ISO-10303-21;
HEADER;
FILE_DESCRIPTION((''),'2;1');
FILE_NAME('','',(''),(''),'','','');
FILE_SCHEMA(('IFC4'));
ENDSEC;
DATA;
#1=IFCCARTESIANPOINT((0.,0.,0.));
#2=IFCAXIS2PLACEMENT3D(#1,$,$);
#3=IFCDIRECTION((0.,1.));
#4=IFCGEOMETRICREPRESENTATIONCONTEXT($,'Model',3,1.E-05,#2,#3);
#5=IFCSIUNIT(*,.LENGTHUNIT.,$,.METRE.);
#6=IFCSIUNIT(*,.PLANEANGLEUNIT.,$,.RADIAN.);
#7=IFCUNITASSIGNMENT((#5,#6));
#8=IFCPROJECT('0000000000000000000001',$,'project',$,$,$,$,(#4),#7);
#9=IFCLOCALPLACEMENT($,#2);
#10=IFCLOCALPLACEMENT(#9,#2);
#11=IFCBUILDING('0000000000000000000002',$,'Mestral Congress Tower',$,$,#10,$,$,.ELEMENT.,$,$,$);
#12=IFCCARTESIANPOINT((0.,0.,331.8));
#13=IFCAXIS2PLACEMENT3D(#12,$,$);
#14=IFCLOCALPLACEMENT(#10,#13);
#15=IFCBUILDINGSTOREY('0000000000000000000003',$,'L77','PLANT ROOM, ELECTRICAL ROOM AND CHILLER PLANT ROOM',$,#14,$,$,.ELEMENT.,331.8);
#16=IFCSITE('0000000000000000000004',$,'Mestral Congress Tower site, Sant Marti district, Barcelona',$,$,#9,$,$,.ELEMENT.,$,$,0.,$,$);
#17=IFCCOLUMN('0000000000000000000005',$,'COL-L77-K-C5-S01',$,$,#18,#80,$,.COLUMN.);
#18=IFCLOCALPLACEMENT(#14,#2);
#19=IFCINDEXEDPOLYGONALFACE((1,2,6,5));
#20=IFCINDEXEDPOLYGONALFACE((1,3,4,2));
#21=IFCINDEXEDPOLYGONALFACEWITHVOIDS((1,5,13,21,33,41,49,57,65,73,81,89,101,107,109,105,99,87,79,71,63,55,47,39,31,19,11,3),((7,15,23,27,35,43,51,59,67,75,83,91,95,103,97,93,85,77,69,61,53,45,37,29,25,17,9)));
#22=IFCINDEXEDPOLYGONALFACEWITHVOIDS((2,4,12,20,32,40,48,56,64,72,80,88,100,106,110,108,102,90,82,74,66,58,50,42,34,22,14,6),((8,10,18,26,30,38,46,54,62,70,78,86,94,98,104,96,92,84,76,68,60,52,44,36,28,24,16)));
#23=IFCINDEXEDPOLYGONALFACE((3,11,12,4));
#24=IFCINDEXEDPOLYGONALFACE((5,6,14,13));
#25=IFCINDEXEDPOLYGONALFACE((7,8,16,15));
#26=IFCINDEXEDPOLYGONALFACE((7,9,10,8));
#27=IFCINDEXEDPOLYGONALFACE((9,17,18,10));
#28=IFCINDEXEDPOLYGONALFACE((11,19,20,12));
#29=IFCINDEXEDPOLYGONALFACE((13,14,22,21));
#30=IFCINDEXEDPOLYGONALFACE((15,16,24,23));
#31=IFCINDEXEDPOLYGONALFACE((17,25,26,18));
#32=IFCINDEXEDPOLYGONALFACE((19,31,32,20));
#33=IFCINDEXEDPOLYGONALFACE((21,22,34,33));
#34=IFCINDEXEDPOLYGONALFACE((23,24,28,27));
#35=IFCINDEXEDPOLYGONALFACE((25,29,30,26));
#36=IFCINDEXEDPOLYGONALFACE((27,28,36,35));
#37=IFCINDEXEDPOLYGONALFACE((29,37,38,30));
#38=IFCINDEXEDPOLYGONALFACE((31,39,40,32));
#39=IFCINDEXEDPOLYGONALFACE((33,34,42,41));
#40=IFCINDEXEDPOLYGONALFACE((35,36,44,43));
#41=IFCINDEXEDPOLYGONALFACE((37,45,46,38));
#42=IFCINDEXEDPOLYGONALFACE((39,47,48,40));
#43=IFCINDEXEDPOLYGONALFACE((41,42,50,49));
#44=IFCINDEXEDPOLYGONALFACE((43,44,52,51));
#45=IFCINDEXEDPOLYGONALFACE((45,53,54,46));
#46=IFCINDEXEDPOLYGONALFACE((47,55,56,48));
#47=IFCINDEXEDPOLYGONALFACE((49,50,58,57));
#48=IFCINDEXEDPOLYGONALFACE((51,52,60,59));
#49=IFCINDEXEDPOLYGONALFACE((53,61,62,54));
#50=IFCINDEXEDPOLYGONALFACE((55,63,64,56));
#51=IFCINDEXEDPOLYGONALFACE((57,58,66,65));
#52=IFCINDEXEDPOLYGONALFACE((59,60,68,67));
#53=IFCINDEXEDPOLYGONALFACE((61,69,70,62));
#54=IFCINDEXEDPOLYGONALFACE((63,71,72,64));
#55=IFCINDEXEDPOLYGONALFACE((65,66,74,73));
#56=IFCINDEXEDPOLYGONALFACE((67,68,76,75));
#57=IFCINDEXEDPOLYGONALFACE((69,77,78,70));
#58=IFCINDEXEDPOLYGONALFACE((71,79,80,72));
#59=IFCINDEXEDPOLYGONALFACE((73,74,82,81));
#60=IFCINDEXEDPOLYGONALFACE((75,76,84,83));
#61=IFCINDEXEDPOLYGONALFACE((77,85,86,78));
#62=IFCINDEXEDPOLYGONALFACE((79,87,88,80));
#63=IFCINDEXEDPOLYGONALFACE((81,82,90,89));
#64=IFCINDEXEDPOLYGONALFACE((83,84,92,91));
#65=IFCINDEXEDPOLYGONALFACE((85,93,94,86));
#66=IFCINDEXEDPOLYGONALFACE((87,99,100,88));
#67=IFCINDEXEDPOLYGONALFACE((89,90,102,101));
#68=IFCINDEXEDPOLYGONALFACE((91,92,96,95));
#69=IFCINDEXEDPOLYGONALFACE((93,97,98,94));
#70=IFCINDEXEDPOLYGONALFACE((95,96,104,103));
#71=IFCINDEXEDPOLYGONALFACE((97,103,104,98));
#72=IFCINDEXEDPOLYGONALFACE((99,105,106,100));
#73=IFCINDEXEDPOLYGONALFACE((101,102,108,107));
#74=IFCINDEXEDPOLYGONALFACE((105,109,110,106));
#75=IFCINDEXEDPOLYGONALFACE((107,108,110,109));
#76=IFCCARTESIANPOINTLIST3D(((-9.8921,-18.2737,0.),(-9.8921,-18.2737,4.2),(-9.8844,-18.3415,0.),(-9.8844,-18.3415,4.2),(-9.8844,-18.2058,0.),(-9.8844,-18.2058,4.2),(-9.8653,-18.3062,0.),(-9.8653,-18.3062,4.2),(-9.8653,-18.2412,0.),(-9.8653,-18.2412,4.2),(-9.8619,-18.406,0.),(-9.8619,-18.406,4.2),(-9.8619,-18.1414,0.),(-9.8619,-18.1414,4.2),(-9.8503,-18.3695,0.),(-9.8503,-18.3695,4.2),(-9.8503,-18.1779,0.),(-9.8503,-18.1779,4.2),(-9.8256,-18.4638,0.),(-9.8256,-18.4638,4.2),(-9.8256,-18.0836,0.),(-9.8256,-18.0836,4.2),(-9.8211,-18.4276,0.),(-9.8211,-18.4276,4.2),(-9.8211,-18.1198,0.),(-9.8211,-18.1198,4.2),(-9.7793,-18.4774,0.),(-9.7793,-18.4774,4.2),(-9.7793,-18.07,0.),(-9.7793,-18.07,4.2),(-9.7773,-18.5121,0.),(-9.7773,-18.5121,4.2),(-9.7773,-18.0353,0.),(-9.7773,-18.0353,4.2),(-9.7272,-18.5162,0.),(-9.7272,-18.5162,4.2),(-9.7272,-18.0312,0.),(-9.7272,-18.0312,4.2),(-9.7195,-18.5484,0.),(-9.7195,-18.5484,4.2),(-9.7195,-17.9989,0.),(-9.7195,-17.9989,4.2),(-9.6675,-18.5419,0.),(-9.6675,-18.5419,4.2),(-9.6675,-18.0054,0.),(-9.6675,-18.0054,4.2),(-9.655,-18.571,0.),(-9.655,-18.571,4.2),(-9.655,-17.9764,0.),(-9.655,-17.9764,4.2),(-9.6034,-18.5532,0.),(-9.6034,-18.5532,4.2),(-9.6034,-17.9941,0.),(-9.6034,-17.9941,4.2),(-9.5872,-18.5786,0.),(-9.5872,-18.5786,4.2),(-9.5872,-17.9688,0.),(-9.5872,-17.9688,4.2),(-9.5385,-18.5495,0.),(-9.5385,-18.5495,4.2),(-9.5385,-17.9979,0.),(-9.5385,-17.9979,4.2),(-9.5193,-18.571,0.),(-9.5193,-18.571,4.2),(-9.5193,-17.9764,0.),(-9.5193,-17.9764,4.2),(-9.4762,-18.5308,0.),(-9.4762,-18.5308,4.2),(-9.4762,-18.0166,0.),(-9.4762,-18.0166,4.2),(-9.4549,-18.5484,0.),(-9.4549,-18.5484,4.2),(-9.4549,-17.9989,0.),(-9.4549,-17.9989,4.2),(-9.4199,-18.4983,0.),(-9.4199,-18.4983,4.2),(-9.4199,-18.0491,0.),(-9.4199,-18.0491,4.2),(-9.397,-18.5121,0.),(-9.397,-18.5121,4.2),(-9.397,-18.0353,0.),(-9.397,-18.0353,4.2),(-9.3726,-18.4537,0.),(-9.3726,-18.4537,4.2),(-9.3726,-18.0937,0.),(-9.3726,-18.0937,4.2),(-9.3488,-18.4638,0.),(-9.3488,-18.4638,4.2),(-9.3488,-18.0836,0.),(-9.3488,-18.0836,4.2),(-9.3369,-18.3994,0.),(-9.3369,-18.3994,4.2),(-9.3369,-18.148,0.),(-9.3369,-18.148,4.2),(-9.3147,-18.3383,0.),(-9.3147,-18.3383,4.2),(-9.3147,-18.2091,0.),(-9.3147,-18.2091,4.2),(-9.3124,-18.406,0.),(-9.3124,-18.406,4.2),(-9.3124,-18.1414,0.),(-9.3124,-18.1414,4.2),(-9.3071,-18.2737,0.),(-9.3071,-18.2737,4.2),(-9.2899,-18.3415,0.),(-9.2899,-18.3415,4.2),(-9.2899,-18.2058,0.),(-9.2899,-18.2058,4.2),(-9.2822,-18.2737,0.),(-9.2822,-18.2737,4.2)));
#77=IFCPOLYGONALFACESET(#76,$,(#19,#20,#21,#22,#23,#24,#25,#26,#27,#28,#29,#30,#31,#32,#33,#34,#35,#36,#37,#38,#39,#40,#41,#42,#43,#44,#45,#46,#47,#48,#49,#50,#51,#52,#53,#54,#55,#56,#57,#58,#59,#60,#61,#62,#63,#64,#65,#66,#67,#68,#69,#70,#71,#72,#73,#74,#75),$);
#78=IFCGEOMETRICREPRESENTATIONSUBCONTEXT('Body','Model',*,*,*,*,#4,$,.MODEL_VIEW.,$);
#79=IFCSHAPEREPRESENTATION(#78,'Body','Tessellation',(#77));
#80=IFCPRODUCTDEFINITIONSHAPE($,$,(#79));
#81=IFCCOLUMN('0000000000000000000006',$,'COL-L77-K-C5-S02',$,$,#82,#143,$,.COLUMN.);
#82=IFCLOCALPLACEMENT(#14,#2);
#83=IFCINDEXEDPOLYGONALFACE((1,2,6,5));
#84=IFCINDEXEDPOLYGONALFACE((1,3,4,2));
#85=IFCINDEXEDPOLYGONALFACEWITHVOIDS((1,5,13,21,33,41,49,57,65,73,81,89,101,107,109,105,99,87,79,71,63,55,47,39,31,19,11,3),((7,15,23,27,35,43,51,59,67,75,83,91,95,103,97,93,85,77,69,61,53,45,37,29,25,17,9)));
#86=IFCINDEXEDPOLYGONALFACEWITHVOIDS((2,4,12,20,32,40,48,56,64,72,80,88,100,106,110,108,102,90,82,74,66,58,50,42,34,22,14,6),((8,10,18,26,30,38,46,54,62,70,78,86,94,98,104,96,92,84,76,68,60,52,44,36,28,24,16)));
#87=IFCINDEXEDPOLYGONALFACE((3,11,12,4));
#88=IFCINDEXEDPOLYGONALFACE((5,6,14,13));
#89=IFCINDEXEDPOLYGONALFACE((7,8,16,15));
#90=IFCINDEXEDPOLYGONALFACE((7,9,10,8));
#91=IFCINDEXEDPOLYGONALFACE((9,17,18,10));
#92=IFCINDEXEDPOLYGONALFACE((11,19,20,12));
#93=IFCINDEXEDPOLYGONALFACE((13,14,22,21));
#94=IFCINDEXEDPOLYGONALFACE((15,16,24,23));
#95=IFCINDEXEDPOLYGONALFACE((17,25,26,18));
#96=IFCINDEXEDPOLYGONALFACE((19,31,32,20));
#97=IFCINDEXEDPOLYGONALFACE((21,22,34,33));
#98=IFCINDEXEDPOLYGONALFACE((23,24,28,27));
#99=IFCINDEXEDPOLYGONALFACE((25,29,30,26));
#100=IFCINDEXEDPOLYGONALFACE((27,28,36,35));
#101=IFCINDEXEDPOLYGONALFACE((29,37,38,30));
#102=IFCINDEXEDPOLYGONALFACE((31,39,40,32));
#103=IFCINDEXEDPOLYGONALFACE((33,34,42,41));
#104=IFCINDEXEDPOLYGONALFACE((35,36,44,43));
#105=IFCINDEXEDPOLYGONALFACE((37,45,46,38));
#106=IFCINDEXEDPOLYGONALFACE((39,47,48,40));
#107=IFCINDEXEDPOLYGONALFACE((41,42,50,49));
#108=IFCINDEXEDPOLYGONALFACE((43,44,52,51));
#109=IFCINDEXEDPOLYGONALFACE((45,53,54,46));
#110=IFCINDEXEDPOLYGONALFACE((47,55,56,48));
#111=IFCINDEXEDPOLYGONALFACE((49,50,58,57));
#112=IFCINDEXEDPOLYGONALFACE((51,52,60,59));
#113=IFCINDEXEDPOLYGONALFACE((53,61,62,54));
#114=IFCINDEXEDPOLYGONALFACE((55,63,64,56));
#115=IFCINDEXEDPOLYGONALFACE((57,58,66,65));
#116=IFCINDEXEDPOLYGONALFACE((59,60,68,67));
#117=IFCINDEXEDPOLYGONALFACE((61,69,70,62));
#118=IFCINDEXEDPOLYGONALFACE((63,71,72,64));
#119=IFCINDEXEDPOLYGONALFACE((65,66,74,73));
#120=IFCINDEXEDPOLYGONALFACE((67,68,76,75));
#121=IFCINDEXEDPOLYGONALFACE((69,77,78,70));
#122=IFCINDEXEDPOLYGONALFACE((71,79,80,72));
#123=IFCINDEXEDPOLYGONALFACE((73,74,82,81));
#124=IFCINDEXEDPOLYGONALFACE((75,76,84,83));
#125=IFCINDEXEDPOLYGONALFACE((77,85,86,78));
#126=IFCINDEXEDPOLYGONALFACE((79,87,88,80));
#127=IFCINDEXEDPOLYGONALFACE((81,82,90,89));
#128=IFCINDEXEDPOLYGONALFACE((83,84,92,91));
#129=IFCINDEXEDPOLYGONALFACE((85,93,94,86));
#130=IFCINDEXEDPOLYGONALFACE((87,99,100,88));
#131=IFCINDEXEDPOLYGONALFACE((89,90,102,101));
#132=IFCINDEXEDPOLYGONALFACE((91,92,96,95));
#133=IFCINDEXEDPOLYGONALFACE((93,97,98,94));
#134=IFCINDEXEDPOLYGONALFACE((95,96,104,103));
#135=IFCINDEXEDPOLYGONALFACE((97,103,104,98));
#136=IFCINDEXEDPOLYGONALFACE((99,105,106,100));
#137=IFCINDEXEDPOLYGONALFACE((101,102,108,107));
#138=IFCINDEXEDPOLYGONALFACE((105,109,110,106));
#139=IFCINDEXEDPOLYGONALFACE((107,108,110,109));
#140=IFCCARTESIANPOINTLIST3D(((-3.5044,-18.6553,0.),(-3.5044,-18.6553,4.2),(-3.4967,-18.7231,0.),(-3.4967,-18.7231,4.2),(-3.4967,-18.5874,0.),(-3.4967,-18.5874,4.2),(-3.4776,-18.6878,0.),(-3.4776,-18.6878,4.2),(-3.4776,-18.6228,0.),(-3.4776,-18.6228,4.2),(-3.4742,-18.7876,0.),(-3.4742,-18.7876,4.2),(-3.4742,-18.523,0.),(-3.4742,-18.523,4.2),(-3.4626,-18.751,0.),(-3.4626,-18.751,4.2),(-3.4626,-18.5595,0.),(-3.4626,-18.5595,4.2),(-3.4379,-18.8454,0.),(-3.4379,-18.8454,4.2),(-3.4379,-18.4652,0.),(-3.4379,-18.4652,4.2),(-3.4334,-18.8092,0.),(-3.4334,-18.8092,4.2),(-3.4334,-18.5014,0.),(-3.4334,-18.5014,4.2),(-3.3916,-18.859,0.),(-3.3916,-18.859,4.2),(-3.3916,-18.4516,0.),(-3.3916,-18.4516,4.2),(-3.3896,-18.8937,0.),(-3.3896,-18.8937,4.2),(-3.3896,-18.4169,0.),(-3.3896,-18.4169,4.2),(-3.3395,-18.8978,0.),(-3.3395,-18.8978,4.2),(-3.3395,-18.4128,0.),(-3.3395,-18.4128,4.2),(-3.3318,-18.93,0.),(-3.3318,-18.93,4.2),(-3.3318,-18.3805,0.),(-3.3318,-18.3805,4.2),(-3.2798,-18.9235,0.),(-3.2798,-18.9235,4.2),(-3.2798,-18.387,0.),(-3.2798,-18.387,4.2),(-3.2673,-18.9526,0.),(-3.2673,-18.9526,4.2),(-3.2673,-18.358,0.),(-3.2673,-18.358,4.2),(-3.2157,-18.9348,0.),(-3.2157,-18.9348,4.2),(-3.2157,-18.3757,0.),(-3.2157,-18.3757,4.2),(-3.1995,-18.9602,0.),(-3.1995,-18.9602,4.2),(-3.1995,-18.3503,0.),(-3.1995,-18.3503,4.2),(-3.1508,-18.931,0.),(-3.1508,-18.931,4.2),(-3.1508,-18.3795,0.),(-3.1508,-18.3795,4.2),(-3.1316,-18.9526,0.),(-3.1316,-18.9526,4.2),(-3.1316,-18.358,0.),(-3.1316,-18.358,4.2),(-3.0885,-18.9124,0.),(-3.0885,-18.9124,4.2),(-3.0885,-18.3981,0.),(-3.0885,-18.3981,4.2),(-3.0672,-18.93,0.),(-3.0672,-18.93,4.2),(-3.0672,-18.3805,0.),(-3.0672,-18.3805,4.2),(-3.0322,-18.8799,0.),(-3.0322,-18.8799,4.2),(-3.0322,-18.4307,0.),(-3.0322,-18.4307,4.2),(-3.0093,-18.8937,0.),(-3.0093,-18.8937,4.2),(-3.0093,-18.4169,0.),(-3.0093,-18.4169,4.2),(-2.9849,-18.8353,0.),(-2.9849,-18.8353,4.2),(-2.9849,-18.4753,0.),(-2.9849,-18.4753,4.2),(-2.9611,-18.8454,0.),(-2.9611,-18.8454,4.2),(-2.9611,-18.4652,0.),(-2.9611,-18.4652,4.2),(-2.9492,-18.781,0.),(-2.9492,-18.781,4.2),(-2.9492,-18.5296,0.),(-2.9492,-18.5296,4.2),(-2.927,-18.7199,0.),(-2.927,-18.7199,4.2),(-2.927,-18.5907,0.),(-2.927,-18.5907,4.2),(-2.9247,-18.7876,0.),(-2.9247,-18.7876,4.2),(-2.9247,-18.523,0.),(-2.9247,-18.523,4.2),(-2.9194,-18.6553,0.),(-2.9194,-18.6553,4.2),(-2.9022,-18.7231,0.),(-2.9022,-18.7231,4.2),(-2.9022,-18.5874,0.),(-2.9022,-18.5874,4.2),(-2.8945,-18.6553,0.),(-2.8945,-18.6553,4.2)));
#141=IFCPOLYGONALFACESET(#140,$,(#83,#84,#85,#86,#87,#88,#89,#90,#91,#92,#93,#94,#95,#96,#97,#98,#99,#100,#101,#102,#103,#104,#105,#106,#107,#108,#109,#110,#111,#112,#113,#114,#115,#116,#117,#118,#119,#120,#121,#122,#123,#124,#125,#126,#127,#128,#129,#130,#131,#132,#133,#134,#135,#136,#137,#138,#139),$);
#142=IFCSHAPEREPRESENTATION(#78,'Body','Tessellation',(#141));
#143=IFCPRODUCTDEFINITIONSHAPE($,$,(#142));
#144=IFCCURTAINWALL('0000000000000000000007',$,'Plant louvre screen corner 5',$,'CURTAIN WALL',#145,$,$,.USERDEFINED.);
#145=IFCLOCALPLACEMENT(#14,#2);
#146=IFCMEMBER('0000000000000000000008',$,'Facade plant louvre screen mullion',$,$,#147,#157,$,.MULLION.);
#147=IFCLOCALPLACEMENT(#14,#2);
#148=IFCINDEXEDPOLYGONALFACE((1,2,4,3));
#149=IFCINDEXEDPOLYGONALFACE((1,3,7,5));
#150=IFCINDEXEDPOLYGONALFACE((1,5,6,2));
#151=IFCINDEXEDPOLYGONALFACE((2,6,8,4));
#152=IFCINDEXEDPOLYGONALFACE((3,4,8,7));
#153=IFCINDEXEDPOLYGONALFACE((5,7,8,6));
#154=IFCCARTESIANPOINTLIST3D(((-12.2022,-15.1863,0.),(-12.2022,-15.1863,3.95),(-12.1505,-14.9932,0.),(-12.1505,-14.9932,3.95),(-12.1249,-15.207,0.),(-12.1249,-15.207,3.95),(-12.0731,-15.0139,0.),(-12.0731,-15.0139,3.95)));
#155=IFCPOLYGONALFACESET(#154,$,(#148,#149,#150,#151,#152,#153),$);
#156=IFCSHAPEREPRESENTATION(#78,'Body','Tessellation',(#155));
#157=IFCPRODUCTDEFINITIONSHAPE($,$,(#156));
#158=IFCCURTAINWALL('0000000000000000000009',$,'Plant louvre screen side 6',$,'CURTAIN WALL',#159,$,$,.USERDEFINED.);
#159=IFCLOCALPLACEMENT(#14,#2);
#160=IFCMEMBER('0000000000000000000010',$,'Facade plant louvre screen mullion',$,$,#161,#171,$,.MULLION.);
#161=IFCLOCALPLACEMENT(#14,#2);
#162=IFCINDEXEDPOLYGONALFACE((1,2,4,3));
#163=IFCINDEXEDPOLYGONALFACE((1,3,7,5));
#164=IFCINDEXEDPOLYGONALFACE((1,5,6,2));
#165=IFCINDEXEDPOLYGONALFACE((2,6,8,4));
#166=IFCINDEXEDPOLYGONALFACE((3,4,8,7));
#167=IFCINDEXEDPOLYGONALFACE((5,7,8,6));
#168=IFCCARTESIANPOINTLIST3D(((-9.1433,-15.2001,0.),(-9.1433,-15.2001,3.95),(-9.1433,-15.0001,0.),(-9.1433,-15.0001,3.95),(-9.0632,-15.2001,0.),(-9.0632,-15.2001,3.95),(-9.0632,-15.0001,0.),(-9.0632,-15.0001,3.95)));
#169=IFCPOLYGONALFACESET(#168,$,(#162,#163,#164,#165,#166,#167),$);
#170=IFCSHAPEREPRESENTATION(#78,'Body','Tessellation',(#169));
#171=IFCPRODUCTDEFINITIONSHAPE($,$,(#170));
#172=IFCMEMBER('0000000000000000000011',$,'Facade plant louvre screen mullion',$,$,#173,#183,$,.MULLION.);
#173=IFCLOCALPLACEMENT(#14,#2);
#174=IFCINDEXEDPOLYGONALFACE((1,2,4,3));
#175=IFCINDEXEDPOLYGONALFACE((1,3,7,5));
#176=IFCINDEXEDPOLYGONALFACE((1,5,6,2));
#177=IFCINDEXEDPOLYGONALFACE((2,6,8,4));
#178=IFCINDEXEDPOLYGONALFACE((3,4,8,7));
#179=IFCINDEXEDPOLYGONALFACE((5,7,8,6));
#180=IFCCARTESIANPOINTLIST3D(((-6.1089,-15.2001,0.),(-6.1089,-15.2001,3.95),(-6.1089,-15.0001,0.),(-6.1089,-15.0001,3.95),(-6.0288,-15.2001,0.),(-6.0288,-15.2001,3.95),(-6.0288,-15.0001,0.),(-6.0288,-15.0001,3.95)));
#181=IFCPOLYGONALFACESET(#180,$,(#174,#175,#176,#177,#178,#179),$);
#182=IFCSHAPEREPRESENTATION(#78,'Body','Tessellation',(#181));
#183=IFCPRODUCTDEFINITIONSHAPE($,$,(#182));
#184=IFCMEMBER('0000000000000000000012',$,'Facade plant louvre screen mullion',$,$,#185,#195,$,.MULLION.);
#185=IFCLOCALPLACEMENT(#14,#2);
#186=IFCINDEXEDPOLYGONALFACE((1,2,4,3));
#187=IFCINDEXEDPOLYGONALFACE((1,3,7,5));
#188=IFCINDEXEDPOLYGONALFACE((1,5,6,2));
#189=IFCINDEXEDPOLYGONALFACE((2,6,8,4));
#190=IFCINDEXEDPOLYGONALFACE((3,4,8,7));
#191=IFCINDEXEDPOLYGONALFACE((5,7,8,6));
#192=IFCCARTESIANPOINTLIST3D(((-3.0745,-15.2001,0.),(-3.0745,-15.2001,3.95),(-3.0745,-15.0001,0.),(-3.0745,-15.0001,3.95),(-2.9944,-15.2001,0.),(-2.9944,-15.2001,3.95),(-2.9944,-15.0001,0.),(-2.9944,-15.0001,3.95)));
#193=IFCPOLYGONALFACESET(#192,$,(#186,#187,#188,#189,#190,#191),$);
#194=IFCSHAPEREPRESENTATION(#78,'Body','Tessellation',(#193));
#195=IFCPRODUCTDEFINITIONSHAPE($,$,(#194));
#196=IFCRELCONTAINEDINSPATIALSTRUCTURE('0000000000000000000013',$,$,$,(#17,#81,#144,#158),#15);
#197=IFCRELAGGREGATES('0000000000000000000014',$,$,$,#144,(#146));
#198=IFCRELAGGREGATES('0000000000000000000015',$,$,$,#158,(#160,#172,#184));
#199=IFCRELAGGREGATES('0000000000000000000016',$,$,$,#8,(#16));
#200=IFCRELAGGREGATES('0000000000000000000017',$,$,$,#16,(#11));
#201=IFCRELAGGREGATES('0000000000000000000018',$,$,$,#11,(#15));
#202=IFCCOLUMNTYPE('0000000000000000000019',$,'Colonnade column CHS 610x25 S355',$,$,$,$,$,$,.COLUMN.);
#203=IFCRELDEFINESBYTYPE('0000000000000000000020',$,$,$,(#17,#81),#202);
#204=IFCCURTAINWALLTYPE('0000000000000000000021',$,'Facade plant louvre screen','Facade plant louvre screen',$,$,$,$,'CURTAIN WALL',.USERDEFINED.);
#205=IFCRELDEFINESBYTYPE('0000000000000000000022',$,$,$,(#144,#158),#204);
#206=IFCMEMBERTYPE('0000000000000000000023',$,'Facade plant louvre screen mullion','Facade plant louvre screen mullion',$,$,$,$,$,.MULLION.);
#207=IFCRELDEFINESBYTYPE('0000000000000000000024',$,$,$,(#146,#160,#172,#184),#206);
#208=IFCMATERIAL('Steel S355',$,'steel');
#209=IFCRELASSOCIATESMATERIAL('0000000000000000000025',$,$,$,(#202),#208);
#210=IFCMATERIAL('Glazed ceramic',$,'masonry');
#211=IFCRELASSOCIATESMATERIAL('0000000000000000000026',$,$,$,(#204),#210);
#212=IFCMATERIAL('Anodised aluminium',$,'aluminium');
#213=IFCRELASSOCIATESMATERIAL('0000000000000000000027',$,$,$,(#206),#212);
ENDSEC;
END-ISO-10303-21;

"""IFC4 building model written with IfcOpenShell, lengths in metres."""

from ifc_helpers import new_model, si_unit, direction, frame, origin, origin_2d, place, context, subcontext, project, spatial, rectangle, hollow_circle, extrude, material, material_profile, profile_set, type_object, element, aggregate, save


model = new_model("IFC4")

# Units and contexts
model_context = context("Model", 3, precision=1e-05, world=origin(), true_north=direction((0.0, 1.0)))
body_context = subcontext(model_context, "Body", "Model", "MODEL_VIEW")
ifc_project = project(units=[si_unit("LENGTHUNIT", "METRE"), si_unit("PLANEANGLEUNIT", "RADIAN")], contexts=[model_context])

# Site, building, storey
site_placement = place(None, origin())
site = spatial("IfcSite", under=ifc_project, at=site_placement, Name="Mestral Congress Tower site, Sant Marti district, Barcelona", CompositionType="ELEMENT", RefElevation=0.0)
building_placement = place(site_placement, origin())
building = spatial("IfcBuilding", under=site, at=building_placement, Name="Mestral Congress Tower", CompositionType="ELEMENT")
storey_placement = place(building_placement, frame((0.0, 0.0, 331.8)))
storey = spatial("IfcBuildingStorey", under=building, at=storey_placement, Name="L77", Description="PLANT ROOM, ELECTRICAL ROOM AND CHILLER PLANT ROOM", CompositionType="ELEMENT", Elevation=331.8)

# Columns
ifc_material_1 = material(Name="Steel S355", Category="steel")
ifc_material_profile_1 = material_profile(ifc_material_1, hollow_circle(Radius=0.3049, WallThickness=0.0249, at=origin_2d()), Name="CHS 610x25")
ifc_profile_set_1 = profile_set([ifc_material_profile_1], Name="Steel S355")
column_type = type_object("IfcColumnType", Name="Colonnade column CHS 610x25 S355", PredefinedType="COLUMN", material=ifc_profile_set_1)
for number, where, z_axis, x_axis, name in (
    (1, (-9.5872, -18.2737, 0.0), (0.0, 0.0, 1.0), (1.0, 0.0, 0.0), "COL-L77-K-C5-S01"),
    (2, (-3.1995, -18.6553, 0.0), (0.0, 0.0, 1.0), (1.0, 0.0, 0.0), "COL-L77-K-C5-S02"),
):
    element("IfcColumn", number, at=place(storey_placement, frame(where, z_axis=z_axis, x_axis=x_axis)), inside=storey, type_object=column_type, Name=name, PredefinedType="COLUMN", context=body_context, shape_type="SweptSolid", body=[
        extrude(hollow_circle(Radius=0.3049, WallThickness=0.0249, at=origin_2d()), origin(), (0.0, 0.0, 1.0), 4.2),
    ])

# Curtain wall, member
ifc_material_2 = material(Name="Glazed ceramic", Category="masonry")
curtain_wall_type = type_object("IfcCurtainWallType", Name="Facade plant louvre screen", Description="Facade plant louvre screen", ElementType="CURTAIN WALL", PredefinedType="USERDEFINED", material=ifc_material_2)
placement = place(storey_placement, origin())
curtain_wall_1 = element("IfcCurtainWall", 3, at=placement, inside=storey, type_object=curtain_wall_type, Name="Plant louvre screen corner 5", ObjectType="CURTAIN WALL", PredefinedType="USERDEFINED")
ifc_material_3 = material(Name="Anodised aluminium", Category="aluminium")
ifc_material_profile_2 = material_profile(ifc_material_3, rectangle(XDim=0.2, YDim=0.0801, at=origin_2d()), Name="CW6 mullion 200 x 80")
ifc_profile_set_2 = profile_set([ifc_material_profile_2], Name="Anodised aluminium")
member_type_1 = type_object("IfcMemberType", Name="Facade plant louvre screen mullion", Description="Facade plant louvre screen mullion", PredefinedType="MULLION", material=ifc_profile_set_2)
member_1_placement = place(storey_placement, frame((-12.1377, -15.1001, 0.0), z_axis=(0.0, 0.0, 1.0), x_axis=(-0.258819, -0.965926, 0.0)))
member_1 = element("IfcMember", 4, at=member_1_placement, type_object=member_type_1, Name="Facade plant louvre screen mullion", PredefinedType="MULLION", context=body_context, shape_type="SweptSolid", body=[
    extrude(rectangle(XDim=0.2, YDim=0.0801, at=origin_2d()), origin(), (0.0, 0.0, 1.0), 3.95),
])
aggregate(curtain_wall_1, [member_1])

# Curtain wall, members
curtain_wall_2 = element("IfcCurtainWall", 5, at=placement, inside=storey, type_object=curtain_wall_type, Name="Plant louvre screen side 6", ObjectType="CURTAIN WALL", PredefinedType="USERDEFINED")
member_2_placement = place(storey_placement, frame((-9.1033, -15.1001, 0.0), z_axis=(0.0, 0.0, 1.0), x_axis=(0.0, -1.0, 0.0)))
member_2 = element("IfcMember", 6, at=member_2_placement, type_object=member_type_1, Name="Facade plant louvre screen mullion", PredefinedType="MULLION", context=body_context, shape_type="SweptSolid", body=[
    extrude(rectangle(XDim=0.2, YDim=0.0801, at=origin_2d()), origin(), (0.0, 0.0, 1.0), 3.95),
])
member_3_placement = place(storey_placement, frame((-6.0688, -15.1001, 0.0), z_axis=(0.0, 0.0, 1.0), x_axis=(0.0, -1.0, 0.0)))
member_3 = element("IfcMember", 7, at=member_3_placement, type_object=member_type_1, Name="Facade plant louvre screen mullion", PredefinedType="MULLION", context=body_context, shape_type="SweptSolid", body=[
    extrude(rectangle(XDim=0.2, YDim=0.0801, at=origin_2d()), origin(), (0.0, 0.0, 1.0), 3.95),
])
member_4_placement = place(storey_placement, frame((-3.0344, -15.1001, 0.0), z_axis=(0.0, 0.0, 1.0), x_axis=(0.0, -1.0, 0.0)))
member_4 = element("IfcMember", 8, at=member_4_placement, type_object=member_type_1, Name="Facade plant louvre screen mullion", PredefinedType="MULLION", context=body_context, shape_type="SweptSolid", body=[
    extrude(rectangle(XDim=0.2, YDim=0.0801, at=origin_2d()), origin(), (0.0, 0.0, 1.0), 3.95),
])

aggregate(curtain_wall_2, [member_2, member_3, member_4])

save(model, "model.ifc")
